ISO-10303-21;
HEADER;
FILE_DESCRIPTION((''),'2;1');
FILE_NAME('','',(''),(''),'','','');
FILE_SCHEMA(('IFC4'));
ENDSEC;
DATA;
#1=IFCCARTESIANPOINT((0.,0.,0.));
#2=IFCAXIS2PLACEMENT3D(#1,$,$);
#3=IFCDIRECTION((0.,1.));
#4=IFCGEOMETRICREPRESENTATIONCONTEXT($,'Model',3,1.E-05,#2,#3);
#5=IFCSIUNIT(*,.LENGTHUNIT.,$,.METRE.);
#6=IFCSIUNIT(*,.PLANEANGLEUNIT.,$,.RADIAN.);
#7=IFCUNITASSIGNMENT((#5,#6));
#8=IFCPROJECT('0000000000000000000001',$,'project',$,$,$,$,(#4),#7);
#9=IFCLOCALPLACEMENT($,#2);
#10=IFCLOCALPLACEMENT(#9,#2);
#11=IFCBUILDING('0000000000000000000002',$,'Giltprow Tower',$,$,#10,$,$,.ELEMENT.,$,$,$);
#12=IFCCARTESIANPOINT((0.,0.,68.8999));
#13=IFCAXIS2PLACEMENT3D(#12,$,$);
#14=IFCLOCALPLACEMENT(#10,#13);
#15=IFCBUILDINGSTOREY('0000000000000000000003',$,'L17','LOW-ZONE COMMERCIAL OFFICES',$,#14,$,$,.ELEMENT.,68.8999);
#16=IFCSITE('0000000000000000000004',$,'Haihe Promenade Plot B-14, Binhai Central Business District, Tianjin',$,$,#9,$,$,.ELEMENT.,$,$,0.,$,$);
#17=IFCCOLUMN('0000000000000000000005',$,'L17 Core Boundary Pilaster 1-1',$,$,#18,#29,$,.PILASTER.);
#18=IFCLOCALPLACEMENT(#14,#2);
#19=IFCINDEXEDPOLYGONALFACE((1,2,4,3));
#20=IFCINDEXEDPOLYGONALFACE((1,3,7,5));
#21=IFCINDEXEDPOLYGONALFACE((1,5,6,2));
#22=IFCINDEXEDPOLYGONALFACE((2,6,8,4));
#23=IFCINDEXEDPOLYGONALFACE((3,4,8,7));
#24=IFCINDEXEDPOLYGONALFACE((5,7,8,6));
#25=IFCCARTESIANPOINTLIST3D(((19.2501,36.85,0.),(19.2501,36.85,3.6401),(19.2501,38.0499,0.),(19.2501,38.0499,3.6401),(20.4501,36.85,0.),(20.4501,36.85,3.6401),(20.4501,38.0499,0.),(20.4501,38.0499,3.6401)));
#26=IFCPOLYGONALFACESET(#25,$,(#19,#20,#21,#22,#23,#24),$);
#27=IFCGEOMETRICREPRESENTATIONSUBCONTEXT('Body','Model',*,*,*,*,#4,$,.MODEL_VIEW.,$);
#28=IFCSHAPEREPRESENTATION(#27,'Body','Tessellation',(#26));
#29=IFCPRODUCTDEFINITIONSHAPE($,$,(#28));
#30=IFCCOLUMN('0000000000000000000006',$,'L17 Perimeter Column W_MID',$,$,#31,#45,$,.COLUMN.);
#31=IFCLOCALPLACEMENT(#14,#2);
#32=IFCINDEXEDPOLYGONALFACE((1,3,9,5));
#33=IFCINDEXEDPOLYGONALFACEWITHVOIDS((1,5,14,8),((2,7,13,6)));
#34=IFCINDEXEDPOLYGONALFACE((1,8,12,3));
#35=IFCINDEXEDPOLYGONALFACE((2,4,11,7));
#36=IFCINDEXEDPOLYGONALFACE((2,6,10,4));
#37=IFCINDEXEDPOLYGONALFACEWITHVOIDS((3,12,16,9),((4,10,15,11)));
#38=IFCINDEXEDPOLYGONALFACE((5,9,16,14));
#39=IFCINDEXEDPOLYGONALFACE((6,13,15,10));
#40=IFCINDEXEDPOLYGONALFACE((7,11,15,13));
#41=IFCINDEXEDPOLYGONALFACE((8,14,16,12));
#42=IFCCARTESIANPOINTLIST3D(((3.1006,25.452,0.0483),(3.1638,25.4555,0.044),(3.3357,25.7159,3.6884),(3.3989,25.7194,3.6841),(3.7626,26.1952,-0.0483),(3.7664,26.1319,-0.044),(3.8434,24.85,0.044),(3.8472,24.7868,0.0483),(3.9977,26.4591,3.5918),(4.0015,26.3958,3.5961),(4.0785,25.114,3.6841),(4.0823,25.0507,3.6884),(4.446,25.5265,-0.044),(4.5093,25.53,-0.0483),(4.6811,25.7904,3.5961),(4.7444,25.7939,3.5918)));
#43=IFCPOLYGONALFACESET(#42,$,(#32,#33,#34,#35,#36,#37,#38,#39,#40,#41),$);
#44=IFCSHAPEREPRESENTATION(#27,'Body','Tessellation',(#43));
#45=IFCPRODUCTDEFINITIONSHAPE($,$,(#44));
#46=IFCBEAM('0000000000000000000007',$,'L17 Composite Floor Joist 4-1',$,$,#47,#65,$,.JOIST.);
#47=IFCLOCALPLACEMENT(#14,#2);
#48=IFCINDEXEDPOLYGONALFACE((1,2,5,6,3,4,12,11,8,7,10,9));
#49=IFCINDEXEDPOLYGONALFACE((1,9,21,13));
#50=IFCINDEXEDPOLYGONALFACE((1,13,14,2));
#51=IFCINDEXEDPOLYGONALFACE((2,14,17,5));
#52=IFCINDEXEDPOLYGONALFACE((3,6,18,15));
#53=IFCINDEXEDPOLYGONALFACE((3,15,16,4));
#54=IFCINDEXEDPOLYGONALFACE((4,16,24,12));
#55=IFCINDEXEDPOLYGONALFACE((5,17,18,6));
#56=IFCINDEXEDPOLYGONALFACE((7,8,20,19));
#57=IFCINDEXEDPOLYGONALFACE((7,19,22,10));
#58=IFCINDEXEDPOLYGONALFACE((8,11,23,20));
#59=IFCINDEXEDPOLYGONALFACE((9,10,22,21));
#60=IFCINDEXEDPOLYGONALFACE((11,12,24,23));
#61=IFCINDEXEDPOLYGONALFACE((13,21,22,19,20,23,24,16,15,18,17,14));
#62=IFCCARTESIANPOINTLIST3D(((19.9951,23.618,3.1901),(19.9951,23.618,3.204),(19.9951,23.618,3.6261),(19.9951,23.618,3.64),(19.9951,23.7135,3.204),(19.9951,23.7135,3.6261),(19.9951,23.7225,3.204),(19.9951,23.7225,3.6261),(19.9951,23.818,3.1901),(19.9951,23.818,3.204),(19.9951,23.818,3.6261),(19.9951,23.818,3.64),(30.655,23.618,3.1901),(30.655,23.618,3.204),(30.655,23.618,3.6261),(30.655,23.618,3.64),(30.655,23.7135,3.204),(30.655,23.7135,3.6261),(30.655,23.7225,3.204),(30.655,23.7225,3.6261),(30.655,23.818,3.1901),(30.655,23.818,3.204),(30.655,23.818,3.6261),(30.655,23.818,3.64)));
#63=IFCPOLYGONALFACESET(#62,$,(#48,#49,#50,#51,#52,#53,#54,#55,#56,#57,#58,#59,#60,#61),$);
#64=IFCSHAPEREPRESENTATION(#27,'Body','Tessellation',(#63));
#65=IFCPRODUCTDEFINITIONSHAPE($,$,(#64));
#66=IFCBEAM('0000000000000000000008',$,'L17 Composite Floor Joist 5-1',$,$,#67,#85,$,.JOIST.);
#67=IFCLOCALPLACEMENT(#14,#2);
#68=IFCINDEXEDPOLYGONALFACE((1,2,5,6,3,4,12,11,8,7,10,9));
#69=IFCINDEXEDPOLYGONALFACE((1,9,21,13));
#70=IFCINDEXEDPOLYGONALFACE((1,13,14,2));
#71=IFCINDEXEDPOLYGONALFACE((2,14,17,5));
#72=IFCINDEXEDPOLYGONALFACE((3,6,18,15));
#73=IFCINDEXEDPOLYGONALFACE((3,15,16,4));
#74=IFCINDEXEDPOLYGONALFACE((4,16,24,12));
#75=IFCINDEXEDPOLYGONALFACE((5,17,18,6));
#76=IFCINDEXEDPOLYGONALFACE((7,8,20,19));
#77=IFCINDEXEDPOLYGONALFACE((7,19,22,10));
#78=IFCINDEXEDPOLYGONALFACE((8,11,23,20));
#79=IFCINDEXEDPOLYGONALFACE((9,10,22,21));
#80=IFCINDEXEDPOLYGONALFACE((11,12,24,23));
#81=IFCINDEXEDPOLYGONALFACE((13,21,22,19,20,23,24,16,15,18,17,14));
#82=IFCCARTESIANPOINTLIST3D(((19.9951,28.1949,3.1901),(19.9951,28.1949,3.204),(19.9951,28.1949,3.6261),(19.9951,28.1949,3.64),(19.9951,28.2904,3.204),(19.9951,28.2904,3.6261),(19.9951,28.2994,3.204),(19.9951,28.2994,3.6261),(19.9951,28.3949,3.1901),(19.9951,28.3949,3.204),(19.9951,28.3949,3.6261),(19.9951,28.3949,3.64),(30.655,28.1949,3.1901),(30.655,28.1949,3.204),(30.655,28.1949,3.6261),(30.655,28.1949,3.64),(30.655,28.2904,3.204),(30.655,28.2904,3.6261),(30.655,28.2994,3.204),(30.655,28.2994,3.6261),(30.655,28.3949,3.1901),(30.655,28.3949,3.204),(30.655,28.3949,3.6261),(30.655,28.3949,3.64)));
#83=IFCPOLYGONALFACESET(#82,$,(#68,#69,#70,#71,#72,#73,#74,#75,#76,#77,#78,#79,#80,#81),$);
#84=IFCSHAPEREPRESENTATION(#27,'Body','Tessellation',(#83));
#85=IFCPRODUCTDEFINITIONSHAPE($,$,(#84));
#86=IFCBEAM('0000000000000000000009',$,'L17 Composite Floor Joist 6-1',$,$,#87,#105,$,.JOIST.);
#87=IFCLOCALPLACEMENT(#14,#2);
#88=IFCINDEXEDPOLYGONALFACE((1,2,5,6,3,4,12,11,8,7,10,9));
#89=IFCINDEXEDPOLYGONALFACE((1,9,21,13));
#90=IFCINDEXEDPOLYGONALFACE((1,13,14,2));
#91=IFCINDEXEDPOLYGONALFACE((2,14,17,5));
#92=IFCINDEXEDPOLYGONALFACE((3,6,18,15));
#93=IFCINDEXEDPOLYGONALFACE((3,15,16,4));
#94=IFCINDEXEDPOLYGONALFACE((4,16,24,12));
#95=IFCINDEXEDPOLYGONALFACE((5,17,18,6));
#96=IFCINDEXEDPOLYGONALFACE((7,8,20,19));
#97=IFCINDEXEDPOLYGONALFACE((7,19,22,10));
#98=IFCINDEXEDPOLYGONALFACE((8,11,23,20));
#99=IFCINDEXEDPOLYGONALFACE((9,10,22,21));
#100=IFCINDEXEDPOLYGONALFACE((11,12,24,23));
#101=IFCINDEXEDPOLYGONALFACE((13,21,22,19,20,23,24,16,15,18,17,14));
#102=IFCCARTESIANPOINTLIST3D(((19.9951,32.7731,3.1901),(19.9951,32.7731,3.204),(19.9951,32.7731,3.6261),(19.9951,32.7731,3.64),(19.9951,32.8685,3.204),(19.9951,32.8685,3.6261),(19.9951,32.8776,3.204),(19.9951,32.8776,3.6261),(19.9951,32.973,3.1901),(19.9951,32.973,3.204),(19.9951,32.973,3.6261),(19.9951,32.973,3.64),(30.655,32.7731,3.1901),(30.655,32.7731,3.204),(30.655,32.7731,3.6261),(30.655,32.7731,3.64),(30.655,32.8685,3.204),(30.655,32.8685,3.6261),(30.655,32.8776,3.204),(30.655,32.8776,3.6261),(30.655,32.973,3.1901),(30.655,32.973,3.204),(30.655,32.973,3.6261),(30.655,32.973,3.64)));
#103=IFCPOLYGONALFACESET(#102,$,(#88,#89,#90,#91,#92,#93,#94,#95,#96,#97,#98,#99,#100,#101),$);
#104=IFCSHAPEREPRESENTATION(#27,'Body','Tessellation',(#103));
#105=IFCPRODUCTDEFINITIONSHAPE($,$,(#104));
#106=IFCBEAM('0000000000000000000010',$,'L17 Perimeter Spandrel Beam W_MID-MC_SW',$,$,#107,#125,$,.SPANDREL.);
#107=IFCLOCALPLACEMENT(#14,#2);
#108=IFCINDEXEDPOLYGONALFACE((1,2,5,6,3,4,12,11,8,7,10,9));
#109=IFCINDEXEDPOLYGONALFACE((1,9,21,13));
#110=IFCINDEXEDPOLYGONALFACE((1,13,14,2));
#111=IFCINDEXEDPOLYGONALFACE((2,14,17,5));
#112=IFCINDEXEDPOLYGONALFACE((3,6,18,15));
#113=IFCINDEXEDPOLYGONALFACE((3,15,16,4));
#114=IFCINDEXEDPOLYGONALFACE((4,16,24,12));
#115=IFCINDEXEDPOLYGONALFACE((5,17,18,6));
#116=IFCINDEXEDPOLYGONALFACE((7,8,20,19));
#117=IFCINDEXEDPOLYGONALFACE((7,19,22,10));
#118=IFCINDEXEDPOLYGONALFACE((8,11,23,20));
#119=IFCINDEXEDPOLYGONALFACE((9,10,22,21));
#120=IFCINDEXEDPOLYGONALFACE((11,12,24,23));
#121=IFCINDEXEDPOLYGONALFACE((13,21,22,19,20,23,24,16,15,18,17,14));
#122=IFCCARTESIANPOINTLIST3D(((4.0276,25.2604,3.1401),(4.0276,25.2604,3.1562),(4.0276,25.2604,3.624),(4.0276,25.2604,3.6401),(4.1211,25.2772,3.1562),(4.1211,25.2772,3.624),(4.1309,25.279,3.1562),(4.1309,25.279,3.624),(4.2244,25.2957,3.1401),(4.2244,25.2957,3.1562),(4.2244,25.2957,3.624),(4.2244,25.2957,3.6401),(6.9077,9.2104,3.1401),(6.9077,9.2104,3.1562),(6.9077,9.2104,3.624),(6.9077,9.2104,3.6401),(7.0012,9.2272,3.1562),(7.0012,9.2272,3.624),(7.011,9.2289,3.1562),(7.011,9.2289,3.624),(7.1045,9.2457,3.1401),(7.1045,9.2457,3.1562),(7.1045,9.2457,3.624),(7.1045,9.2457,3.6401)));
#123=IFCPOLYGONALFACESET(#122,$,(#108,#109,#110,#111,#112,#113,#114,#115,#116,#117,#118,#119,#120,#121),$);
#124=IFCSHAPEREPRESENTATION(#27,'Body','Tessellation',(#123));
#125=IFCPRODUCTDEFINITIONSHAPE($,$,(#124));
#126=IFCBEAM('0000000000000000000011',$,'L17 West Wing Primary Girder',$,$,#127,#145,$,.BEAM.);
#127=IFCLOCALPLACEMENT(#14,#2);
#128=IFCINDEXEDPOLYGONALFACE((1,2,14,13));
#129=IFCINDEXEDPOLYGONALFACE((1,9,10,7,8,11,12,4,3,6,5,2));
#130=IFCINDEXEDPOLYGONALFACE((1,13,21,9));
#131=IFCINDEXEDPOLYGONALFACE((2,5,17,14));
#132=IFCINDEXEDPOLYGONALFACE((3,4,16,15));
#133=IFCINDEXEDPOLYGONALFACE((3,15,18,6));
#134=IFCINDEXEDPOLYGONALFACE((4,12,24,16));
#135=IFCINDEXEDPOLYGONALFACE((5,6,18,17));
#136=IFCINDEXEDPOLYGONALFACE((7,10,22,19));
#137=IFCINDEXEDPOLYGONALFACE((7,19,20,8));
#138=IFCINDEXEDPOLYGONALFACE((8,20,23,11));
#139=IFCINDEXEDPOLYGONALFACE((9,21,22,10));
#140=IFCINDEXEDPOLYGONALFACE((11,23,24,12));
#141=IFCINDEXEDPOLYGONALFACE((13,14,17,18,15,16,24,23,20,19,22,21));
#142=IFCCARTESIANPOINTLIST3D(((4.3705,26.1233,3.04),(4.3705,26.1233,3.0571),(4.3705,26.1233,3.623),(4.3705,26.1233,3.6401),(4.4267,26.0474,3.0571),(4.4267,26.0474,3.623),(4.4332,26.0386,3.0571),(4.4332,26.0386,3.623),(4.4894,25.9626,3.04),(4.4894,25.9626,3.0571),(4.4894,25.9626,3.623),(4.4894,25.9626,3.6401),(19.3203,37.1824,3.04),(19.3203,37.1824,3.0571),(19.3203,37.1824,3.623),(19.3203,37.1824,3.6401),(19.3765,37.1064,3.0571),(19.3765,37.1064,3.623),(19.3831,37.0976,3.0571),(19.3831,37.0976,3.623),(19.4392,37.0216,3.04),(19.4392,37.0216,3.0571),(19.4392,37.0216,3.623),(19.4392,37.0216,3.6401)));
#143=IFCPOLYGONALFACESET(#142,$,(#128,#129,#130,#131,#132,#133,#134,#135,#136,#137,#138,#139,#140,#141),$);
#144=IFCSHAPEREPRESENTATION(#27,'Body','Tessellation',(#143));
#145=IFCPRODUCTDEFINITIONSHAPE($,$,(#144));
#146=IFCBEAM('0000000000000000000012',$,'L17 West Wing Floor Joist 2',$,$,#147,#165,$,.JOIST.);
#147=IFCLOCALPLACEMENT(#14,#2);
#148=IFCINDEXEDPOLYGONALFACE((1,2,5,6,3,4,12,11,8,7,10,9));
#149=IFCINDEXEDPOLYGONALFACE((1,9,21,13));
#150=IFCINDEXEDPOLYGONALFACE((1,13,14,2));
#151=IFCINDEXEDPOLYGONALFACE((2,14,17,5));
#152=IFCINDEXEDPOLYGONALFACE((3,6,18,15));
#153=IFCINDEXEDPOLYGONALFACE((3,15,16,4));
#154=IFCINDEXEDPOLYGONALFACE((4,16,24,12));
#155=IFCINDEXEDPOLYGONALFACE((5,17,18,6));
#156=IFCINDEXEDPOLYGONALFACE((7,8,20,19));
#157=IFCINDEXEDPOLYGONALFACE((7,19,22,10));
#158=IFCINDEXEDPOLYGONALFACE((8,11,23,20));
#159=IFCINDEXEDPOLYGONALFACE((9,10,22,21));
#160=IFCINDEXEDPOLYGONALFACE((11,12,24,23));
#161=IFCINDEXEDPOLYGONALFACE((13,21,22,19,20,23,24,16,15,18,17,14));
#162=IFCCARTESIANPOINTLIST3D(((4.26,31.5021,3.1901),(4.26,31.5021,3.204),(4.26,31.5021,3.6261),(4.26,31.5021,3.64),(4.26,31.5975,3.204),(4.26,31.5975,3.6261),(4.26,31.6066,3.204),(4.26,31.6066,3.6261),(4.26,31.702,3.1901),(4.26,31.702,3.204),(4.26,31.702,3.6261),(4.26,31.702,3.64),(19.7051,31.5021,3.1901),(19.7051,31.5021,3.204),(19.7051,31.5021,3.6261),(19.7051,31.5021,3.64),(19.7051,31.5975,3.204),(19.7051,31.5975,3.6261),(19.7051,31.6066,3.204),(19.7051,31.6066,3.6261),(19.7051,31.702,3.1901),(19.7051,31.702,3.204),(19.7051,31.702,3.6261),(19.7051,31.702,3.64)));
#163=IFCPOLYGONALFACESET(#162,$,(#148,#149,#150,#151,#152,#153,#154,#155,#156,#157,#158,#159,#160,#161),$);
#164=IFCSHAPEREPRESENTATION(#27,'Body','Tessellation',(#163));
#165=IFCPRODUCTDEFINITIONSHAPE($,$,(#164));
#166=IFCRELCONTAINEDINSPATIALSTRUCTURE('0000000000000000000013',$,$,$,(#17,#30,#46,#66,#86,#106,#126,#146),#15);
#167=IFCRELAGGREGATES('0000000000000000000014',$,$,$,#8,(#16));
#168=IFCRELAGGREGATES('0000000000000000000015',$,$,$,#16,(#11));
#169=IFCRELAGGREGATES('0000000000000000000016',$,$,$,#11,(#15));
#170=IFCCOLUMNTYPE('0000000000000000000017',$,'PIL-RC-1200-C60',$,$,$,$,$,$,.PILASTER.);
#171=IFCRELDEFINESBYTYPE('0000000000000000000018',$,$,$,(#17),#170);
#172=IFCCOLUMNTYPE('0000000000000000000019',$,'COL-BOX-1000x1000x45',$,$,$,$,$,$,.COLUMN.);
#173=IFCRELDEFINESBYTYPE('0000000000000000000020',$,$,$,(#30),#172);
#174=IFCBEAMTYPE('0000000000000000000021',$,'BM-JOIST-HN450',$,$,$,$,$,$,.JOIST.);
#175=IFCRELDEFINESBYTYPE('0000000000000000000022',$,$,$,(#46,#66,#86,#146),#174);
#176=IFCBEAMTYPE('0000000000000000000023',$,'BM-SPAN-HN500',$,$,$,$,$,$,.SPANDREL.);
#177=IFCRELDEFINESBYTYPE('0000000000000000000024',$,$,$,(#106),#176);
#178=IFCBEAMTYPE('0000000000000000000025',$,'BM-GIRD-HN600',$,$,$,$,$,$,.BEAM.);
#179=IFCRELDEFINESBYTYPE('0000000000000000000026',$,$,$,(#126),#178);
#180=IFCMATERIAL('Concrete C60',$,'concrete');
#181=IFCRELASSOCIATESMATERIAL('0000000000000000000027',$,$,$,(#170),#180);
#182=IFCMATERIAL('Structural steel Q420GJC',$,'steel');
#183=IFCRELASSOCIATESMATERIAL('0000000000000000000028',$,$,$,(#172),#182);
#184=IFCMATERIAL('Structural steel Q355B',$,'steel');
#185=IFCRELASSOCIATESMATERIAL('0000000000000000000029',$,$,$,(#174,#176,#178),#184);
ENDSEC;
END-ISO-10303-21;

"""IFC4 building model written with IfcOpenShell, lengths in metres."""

from ifc_helpers import new_model, si_unit, direction, frame, origin, origin_2d, place, context, subcontext, project, spatial, rectangle, hollow_rectangle, i_section, extrude, source, transform, mapped, material, material_profile, profile_set, type_object, element, save


model = new_model("IFC4")

# Units and contexts
model_context = context("Model", 3, precision=1e-05, world=origin(), true_north=direction((0.0, 1.0)))
body_context = subcontext(model_context, "Body", "Model", "MODEL_VIEW")
ifc_project = project(units=[si_unit("LENGTHUNIT", "METRE"), si_unit("PLANEANGLEUNIT", "RADIAN")], contexts=[model_context])

# Site, building, storey
site_placement = place(None, origin())
site = spatial("IfcSite", under=ifc_project, at=site_placement, Name="Haihe Promenade Plot B-14, Binhai Central Business District, Tianjin", CompositionType="ELEMENT", RefElevation=0.0)
building_placement = place(site_placement, origin())
building = spatial("IfcBuilding", under=site, at=building_placement, Name="Giltprow Tower", CompositionType="ELEMENT")
storey_placement = place(building_placement, frame((0.0, 0.0, 68.8999)))
storey = spatial("IfcBuildingStorey", under=building, at=storey_placement, Name="L17", Description="LOW-ZONE COMMERCIAL OFFICES", CompositionType="ELEMENT", Elevation=68.8999)

# Columns
ifc_material_1 = material(Name="Concrete C60", Category="concrete")
ifc_material_profile_1 = material_profile(ifc_material_1, rectangle(XDim=1.2, YDim=1.2, at=origin_2d()), Name="RC 1200x1200")
ifc_profile_set_1 = profile_set([ifc_material_profile_1], Name="Concrete C60")
column_type_1 = type_object("IfcColumnType", Name="PIL-RC-1200-C60", PredefinedType="PILASTER", material=ifc_profile_set_1)
shared_shape_1 = source(origin(), body_context, "Body", "SweptSolid", [
    extrude(rectangle(XDim=1.2, YDim=1.2, at=origin_2d()), origin(), (0.0, 0.0, 1.0), 3.6401),
])
column_1_placement = place(storey_placement, frame((19.8501, 37.45, 0.0), z_axis=(0.0, 0.0, 1.0), x_axis=(1.0, 0.0, 0.0)))
element("IfcColumn", 1, at=column_1_placement, inside=storey, type_object=column_type_1, Name="L17 Core Boundary Pilaster 1-1", PredefinedType="PILASTER", context=body_context, shape_type="MappedRepresentation", body=[
    mapped(shared_shape_1, transform((0.0, 0.0, 0.0), x_axis=(1.0, 0.0, 0.0), y_axis=(0.0, 1.0, 0.0), z_axis=(0.0, 0.0, 1.0), scale=1.0)),
])
ifc_material_2 = material(Name="Structural steel Q420GJC", Category="steel")
ifc_material_profile_2 = material_profile(ifc_material_2, hollow_rectangle(XDim=1.0, YDim=1.0, WallThickness=0.0449, at=origin_2d()), Name="BOX 1000x1000x45")
ifc_profile_set_2 = profile_set([ifc_material_profile_2], Name="Structural steel Q420GJC")
column_type_2 = type_object("IfcColumnType", Name="COL-BOX-1000x1000x45", PredefinedType="COLUMN", material=ifc_profile_set_2)
shared_shape_2 = source(origin(), body_context, "Body", "SweptSolid", [
    extrude(hollow_rectangle(XDim=1.0, YDim=1.0, WallThickness=0.0449, at=origin_2d()), origin(), (0.0, 0.0, 1.0), 3.6572),
])
column_2_placement = place(storey_placement, frame((3.8049, 25.491, 0.0), z_axis=(0.064285, 0.072162, 0.995319), x_axis=(-0.746685, 0.665178, 0.0)))
element("IfcColumn", 2, at=column_2_placement, inside=storey, type_object=column_type_2, Name="L17 Perimeter Column W_MID", PredefinedType="COLUMN", context=body_context, shape_type="MappedRepresentation", body=[
    mapped(shared_shape_2, transform((0.0, 0.0, 0.0), x_axis=(1.0, 0.0, 0.0), y_axis=(0.0, 1.0, 0.0), z_axis=(0.0, 0.0, 1.0), scale=1.0)),
])

# Beams
ifc_material_3 = material(Name="Structural steel Q355B", Category="steel")
ifc_material_profile_3 = material_profile(ifc_material_3, i_section(OverallWidth=0.2, OverallDepth=0.45, WebThickness=0.009, FlangeThickness=0.0139, at=origin_2d()), Name="HN 450x200x9x14")
ifc_profile_set_3 = profile_set([ifc_material_profile_3], Name="Structural steel Q355B")
beam_type_1 = type_object("IfcBeamType", Name="BM-JOIST-HN450", PredefinedType="JOIST", material=ifc_profile_set_3)
shared_shape_3 = source(origin(), body_context, "Body", "SweptSolid", [
    extrude(i_section(OverallWidth=0.2, OverallDepth=0.45, WebThickness=0.009, FlangeThickness=0.0139, at=origin_2d()), origin(), (0.0, 0.0, 1.0), 10.6599),
])
for number, where, z_axis, x_axis, name in (
    (3, (19.9951, 23.718, 3.415), (1.0, 0.0, 0.0), (0.0, 1.0, 0.0), "L17 Composite Floor Joist 4-1"),
    (4, (19.9951, 28.2949, 3.415), (1.0, 0.0, 0.0), (0.0, 1.0, 0.0), "L17 Composite Floor Joist 5-1"),
    (5, (19.9951, 32.873, 3.415), (1.0, 0.0, 0.0), (0.0, 1.0, 0.0), "L17 Composite Floor Joist 6-1"),
):
    element("IfcBeam", number, at=place(storey_placement, frame(where, z_axis=z_axis, x_axis=x_axis)), inside=storey, type_object=beam_type_1, Name=name, PredefinedType="JOIST", context=body_context, shape_type="MappedRepresentation", body=[
        mapped(shared_shape_3, transform((0.0, 0.0, 0.0), x_axis=(1.0, 0.0, 0.0), y_axis=(0.0, 1.0, 0.0), z_axis=(0.0, 0.0, 1.0), scale=1.0)),
    ])
ifc_material_profile_4 = material_profile(ifc_material_3, i_section(OverallWidth=0.2, OverallDepth=0.5, WebThickness=0.01, FlangeThickness=0.0161, at=origin_2d()), Name="HN 500x200x10x16")
ifc_profile_set_4 = profile_set([ifc_material_profile_4], Name="Structural steel Q355B")
beam_type_2 = type_object("IfcBeamType", Name="BM-SPAN-HN500", PredefinedType="SPANDREL", material=ifc_profile_set_4)
shared_shape_4 = source(origin(), body_context, "Body", "SweptSolid", [
    extrude(i_section(OverallWidth=0.2, OverallDepth=0.5, WebThickness=0.01, FlangeThickness=0.0161, at=origin_2d()), origin(), (0.0, 0.0, 1.0), 16.3064),
])
beam_1_placement = place(storey_placement, frame((4.126, 25.2781, 3.3901), z_axis=(0.176625, -0.984278, 0.0), x_axis=(0.984278, 0.176625, 0.0)))
element("IfcBeam", 6, at=beam_1_placement, inside=storey, type_object=beam_type_2, Name="L17 Perimeter Spandrel Beam W_MID-MC_SW", PredefinedType="SPANDREL", context=body_context, shape_type="MappedRepresentation", body=[
    mapped(shared_shape_4, transform((0.0, 0.0, 0.0), x_axis=(1.0, 0.0, 0.0), y_axis=(0.0, 1.0, 0.0), z_axis=(0.0, 0.0, 1.0), scale=1.0)),
])
ifc_material_profile_5 = material_profile(ifc_material_3, i_section(OverallWidth=0.2, OverallDepth=0.6001, WebThickness=0.011, FlangeThickness=0.0171, at=origin_2d()), Name="HN 600x200x11x17")
ifc_profile_set_5 = profile_set([ifc_material_profile_5], Name="Structural steel Q355B")
beam_type_3 = type_object("IfcBeamType", Name="BM-GIRD-HN600", PredefinedType="BEAM", material=ifc_profile_set_5)
shared_shape_5 = source(origin(), body_context, "Body", "SweptSolid", [
    extrude(i_section(OverallWidth=0.2, OverallDepth=0.6001, WebThickness=0.011, FlangeThickness=0.0171, at=origin_2d()), origin(), (0.0, 0.0, 1.0), 18.5957),
])
beam_2_placement = place(storey_placement, frame((4.4299, 26.043, 3.3401), z_axis=(0.803942, 0.594708, 0.0), x_axis=(-0.594708, 0.803942, 0.0)))
element("IfcBeam", 7, at=beam_2_placement, inside=storey, type_object=beam_type_3, Name="L17 West Wing Primary Girder", PredefinedType="BEAM", context=body_context, shape_type="MappedRepresentation", body=[
    mapped(shared_shape_5, transform((0.0, 0.0, 0.0), x_axis=(1.0, 0.0, 0.0), y_axis=(0.0, 1.0, 0.0), z_axis=(0.0, 0.0, 1.0), scale=1.0)),
])
shared_shape_6 = source(origin(), body_context, "Body", "SweptSolid", [
    extrude(i_section(OverallWidth=0.2, OverallDepth=0.45, WebThickness=0.009, FlangeThickness=0.0139, at=origin_2d()), origin(), (0.0, 0.0, 1.0), 15.4451),
])
beam_3_placement = place(storey_placement, frame((4.26, 31.6021, 3.415), z_axis=(1.0, 0.0, 0.0), x_axis=(0.0, 1.0, 0.0)))
element("IfcBeam", 8, at=beam_3_placement, inside=storey, type_object=beam_type_1, Name="L17 West Wing Floor Joist 2", PredefinedType="JOIST", context=body_context, shape_type="MappedRepresentation", body=[
    mapped(shared_shape_6, transform((0.0, 0.0, 0.0), x_axis=(1.0, 0.0, 0.0), y_axis=(0.0, 1.0, 0.0), z_axis=(0.0, 0.0, 1.0), scale=1.0)),
])

save(model, "model.ifc")
